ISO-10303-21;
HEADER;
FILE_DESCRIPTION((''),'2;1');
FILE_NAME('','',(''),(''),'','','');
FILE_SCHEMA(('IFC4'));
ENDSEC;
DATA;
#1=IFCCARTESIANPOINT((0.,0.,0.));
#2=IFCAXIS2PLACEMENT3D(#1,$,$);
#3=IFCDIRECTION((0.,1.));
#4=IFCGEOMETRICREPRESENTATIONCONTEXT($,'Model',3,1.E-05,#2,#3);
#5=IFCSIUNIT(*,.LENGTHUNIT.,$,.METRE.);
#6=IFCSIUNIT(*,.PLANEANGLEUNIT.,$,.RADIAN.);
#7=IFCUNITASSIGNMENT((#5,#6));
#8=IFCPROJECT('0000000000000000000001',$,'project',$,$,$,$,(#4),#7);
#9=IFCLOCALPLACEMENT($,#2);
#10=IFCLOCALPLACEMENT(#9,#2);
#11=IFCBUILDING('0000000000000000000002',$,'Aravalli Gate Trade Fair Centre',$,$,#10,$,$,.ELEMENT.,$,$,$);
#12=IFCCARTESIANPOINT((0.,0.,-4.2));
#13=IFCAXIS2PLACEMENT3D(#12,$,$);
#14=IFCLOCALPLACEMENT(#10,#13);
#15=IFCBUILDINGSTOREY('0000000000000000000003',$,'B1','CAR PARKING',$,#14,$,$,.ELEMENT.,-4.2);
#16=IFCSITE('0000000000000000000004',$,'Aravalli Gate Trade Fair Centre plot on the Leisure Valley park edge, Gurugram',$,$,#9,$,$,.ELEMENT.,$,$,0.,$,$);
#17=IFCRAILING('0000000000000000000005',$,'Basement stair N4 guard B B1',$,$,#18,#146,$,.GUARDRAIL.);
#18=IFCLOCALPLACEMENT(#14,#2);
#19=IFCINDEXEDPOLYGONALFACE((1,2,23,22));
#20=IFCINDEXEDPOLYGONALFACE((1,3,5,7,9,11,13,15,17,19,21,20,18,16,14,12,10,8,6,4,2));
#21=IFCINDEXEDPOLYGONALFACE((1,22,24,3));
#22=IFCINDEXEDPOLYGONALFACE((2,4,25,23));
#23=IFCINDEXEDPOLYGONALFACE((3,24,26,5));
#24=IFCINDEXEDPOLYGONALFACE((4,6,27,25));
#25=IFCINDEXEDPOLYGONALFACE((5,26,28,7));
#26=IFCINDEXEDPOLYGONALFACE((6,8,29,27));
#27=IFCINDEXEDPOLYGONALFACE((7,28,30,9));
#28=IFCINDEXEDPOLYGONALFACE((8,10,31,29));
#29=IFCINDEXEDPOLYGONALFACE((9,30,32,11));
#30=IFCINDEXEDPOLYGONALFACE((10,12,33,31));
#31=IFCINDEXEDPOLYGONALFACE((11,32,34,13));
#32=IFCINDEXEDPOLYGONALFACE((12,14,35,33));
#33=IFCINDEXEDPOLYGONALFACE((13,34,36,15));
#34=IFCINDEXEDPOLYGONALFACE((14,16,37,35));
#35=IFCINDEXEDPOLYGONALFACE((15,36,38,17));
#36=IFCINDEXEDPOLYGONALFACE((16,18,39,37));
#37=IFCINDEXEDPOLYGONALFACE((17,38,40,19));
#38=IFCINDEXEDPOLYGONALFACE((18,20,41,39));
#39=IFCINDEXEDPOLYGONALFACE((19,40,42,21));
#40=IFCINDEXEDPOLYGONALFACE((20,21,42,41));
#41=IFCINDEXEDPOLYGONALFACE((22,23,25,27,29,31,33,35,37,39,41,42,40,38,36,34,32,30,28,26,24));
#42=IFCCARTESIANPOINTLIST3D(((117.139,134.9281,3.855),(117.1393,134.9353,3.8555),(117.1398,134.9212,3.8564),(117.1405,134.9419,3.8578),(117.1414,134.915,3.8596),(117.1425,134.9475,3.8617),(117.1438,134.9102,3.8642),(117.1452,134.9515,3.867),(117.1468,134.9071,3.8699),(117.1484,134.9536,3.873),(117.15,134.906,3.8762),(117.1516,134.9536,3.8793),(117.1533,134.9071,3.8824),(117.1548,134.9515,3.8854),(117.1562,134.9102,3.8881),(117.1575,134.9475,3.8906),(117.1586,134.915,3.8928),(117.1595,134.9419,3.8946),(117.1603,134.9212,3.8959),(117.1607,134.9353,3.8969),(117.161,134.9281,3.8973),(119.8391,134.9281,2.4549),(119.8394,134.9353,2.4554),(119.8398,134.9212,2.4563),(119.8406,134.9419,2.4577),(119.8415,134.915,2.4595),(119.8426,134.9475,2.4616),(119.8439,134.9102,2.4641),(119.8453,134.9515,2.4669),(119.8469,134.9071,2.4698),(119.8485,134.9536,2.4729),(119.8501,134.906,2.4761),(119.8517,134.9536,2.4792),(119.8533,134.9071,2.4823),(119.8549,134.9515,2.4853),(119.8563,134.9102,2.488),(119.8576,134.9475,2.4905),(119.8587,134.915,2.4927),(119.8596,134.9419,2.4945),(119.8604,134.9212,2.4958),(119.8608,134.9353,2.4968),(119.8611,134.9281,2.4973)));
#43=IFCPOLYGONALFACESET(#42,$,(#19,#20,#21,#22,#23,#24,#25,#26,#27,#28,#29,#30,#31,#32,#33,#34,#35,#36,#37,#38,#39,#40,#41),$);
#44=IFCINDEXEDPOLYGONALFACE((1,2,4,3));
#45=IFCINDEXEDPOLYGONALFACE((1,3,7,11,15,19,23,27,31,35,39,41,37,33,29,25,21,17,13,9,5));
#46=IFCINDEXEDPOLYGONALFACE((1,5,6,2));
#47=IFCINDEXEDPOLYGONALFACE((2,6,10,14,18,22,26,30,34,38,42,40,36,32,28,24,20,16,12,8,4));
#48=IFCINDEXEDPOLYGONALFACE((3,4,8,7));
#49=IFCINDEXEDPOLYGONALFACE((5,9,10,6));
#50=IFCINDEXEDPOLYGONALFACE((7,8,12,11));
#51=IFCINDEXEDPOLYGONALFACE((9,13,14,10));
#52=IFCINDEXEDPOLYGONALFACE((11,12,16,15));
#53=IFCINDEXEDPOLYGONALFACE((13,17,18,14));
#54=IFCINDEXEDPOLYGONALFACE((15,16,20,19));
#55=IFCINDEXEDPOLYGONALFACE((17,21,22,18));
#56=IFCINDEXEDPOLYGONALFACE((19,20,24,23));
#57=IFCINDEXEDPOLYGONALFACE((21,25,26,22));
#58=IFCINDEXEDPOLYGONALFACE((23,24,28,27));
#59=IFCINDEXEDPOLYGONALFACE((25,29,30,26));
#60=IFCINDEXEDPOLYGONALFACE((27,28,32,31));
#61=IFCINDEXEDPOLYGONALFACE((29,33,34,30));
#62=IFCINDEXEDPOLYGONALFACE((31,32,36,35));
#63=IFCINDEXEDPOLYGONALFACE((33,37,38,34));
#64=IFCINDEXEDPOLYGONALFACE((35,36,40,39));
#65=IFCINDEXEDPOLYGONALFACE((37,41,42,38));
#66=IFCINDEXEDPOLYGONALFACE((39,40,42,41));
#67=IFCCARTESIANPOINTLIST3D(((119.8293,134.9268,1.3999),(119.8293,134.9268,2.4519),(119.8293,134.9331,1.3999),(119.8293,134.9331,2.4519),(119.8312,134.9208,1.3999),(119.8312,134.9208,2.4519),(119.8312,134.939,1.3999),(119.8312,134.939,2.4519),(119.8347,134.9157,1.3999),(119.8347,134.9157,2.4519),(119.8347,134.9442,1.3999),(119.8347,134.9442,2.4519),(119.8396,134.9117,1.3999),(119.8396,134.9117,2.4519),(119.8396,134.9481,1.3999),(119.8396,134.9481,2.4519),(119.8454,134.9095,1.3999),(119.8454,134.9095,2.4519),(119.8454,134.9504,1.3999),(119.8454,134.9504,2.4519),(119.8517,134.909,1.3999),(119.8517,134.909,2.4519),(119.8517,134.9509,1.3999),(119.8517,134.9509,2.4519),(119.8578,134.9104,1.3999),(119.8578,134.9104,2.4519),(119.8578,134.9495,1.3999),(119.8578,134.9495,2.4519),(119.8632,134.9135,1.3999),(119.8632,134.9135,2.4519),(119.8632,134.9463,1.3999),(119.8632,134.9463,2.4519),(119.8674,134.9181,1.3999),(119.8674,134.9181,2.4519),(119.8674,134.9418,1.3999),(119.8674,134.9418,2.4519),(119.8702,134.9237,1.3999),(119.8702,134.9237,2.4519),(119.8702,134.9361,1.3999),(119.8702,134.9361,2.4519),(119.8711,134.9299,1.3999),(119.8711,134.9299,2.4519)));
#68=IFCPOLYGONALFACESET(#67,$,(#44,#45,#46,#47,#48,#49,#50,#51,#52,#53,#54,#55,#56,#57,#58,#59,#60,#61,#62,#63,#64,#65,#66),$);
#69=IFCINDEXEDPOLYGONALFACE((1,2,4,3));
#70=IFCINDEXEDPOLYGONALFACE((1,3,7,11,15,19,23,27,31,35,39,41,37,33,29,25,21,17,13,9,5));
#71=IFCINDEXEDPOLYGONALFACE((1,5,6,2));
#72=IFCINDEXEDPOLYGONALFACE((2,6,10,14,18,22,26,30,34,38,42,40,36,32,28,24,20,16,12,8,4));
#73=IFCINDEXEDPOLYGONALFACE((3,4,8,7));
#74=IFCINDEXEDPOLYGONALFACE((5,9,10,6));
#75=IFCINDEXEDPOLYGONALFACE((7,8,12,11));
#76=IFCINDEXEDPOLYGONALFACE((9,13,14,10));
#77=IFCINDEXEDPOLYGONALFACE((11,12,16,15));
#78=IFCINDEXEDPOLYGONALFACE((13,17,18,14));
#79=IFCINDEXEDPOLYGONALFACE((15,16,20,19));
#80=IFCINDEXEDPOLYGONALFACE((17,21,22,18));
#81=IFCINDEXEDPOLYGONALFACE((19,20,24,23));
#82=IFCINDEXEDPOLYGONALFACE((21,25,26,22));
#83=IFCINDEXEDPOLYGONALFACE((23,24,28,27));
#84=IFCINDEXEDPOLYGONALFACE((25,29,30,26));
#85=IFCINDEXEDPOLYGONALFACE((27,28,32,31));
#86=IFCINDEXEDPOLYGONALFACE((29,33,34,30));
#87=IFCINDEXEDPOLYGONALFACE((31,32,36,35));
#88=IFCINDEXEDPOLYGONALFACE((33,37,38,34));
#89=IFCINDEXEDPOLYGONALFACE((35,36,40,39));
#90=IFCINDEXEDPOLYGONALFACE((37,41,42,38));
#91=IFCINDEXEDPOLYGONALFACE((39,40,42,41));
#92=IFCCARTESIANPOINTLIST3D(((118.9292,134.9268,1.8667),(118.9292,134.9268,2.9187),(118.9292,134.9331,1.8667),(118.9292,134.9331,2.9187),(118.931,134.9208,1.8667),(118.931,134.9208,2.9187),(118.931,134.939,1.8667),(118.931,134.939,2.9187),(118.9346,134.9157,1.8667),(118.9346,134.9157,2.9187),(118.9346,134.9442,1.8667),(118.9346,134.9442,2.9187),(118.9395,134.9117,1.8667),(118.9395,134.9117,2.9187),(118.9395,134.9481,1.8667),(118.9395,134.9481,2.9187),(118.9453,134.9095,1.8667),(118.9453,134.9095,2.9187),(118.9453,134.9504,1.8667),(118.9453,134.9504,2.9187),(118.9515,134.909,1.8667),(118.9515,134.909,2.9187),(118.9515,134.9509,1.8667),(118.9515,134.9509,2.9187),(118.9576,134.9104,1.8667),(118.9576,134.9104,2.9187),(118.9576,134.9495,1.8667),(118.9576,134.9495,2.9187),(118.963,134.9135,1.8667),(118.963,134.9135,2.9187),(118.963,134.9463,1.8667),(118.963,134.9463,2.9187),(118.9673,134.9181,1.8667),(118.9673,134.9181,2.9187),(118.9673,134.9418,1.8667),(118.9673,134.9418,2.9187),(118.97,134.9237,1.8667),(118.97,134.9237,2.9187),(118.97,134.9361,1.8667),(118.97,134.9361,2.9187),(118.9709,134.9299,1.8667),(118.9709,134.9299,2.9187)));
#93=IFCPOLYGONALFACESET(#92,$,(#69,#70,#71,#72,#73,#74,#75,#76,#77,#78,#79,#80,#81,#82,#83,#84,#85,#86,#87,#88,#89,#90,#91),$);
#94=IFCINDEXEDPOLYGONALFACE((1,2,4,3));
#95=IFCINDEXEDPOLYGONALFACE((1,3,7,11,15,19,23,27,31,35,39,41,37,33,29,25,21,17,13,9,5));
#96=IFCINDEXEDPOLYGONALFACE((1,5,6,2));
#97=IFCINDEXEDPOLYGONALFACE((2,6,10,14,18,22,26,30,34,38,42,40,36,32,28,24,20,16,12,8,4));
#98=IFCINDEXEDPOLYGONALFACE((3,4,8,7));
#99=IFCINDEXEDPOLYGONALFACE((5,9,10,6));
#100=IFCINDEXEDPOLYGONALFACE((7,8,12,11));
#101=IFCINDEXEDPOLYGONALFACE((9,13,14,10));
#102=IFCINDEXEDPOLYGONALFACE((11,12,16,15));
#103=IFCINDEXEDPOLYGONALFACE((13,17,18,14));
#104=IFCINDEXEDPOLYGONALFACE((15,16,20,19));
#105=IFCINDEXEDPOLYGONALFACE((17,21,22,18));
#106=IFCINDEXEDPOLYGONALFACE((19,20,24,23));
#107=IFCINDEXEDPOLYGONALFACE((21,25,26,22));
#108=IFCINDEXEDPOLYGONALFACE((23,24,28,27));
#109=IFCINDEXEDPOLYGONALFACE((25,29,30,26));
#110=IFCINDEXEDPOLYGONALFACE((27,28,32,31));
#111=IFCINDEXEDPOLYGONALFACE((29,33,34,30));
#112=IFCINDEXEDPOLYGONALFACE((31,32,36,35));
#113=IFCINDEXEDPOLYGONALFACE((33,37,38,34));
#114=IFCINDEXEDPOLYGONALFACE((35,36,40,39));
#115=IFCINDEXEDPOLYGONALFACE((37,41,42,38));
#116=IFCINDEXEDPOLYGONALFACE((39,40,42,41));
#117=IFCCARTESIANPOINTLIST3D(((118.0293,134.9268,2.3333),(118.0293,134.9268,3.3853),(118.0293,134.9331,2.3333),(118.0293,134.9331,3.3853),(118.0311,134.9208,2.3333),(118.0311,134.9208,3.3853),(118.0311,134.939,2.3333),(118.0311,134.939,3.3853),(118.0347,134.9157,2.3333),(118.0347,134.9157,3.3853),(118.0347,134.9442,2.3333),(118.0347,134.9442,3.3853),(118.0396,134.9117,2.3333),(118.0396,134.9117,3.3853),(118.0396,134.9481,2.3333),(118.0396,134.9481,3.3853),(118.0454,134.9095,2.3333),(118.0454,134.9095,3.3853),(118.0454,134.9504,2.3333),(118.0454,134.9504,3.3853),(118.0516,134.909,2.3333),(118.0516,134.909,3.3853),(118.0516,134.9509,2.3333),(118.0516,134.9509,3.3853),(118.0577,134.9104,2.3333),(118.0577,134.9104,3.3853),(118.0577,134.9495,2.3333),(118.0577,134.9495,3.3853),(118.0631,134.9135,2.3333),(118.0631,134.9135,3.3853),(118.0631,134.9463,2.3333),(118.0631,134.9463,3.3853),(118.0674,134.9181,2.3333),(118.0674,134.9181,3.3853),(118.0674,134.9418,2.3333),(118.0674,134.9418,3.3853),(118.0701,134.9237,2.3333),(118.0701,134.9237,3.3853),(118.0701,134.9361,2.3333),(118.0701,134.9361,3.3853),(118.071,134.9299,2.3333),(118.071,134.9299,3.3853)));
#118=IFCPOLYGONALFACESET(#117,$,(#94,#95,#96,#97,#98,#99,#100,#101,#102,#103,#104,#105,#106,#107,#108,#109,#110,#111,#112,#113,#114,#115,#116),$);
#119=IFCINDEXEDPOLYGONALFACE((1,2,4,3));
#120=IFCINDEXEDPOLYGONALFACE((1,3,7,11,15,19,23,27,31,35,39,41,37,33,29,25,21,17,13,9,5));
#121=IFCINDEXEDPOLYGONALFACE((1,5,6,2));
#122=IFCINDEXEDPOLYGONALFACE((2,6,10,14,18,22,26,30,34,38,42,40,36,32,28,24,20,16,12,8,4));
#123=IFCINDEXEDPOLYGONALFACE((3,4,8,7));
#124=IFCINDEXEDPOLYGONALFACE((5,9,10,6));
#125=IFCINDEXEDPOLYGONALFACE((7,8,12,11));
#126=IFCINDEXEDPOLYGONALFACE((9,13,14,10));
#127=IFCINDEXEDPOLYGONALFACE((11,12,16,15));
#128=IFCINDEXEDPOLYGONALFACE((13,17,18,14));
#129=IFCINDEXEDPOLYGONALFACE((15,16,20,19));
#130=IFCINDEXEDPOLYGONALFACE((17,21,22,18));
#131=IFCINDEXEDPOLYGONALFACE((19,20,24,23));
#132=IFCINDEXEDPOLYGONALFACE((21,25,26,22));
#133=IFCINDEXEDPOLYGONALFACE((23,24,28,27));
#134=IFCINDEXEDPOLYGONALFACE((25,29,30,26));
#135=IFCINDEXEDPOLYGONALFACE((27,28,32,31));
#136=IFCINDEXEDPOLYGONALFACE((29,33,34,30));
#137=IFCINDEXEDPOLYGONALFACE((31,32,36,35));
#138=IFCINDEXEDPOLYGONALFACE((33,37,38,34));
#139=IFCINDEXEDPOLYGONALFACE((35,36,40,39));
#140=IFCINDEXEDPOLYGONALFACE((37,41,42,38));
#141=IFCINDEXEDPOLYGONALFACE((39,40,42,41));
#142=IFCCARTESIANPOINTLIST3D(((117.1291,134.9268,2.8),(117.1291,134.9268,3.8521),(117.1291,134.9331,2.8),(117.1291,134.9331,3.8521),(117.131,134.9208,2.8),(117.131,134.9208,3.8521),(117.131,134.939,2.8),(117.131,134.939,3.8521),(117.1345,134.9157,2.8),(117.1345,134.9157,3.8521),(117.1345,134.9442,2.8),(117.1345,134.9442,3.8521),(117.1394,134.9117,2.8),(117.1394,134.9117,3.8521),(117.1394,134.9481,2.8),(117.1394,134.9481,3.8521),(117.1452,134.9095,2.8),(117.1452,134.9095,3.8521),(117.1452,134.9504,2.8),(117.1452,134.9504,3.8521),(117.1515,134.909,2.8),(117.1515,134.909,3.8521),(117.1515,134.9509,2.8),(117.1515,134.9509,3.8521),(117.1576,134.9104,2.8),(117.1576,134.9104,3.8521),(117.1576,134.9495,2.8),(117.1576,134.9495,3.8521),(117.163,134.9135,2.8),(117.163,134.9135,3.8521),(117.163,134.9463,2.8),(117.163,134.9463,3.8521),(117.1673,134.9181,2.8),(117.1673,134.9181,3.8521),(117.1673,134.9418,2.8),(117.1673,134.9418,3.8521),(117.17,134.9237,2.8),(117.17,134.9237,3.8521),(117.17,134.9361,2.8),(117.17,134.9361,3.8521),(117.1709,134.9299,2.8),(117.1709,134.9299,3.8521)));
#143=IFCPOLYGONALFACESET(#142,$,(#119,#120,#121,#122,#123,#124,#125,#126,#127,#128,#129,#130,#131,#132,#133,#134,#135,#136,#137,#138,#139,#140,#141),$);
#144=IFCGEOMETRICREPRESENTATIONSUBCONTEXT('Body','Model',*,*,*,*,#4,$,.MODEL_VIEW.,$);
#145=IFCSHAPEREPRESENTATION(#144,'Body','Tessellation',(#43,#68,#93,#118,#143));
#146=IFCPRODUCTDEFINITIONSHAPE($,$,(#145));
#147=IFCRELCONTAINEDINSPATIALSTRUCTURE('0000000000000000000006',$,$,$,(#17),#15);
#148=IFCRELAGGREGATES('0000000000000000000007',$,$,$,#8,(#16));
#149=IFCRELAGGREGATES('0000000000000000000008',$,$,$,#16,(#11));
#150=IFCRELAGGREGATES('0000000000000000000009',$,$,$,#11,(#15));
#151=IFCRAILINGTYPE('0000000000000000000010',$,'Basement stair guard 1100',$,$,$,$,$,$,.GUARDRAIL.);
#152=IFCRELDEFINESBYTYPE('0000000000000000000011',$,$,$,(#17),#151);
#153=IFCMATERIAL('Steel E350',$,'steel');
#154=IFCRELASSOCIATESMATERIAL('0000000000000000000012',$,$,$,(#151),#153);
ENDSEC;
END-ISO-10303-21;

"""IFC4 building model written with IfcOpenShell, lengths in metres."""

from ifc_helpers import new_model, si_unit, direction, frame, origin, origin_2d, place, context, subcontext, project, spatial, circle, extrude, material, type_object, element, save


model = new_model("IFC4")

# Units and contexts
model_context = context("Model", 3, precision=1e-05, world=origin(), true_north=direction((0.0, 1.0)))
body_context = subcontext(model_context, "Body", "Model", "MODEL_VIEW")
ifc_project = project(units=[si_unit("LENGTHUNIT", "METRE"), si_unit("PLANEANGLEUNIT", "RADIAN")], contexts=[model_context])

# Site, building, storey
site_placement = place(None, origin())
site = spatial("IfcSite", under=ifc_project, at=site_placement, Name="Aravalli Gate Trade Fair Centre plot on the Leisure Valley park edge, Gurugram", CompositionType="ELEMENT", RefElevation=0.0)
building_placement = place(site_placement, origin())
building = spatial("IfcBuilding", under=site, at=building_placement, Name="Aravalli Gate Trade Fair Centre", CompositionType="ELEMENT")
storey_placement = place(building_placement, frame((0.0, 0.0, -4.2)))
storey = spatial("IfcBuildingStorey", under=building, at=storey_placement, Name="B1", Description="CAR PARKING", CompositionType="ELEMENT", Elevation=-4.2)

# Railing
ifc_material_1 = material(Name="Steel E350", Category="steel")
railing_type_1 = type_object("IfcRailingType", Name="Basement stair guard 1100", PredefinedType="GUARDRAIL", material=ifc_material_1)
railing_1_placement = place(storey_placement, frame((119.8501, 134.9299, 1.3999)))
element("IfcRailing", 1, at=railing_1_placement, inside=storey, type_object=railing_type_1, Name="Basement stair N4 guard B B1", PredefinedType="GUARDRAIL", context=body_context, shape_type="SweptSolid", body=[
    extrude(circle(Radius=0.0239, at=origin_2d()), frame((0.0, 0.0, 1.0762), z_axis=(-0.887748, 0.0, 0.460329), x_axis=(0.0, -1.0, 0.0)), (0.0, 0.0, 1.0), 3.0415),
    extrude(circle(Radius=0.021, at=origin_2d()), origin(), (0.0, 0.0, 1.0), 1.052),
    extrude(circle(Radius=0.021, at=origin_2d()), frame((-0.9001, 0.0, 0.4668)), (0.0, 0.0, 1.0), 1.052),
    extrude(circle(Radius=0.021, at=origin_2d()), frame((-1.8, 0.0, 0.9333)), (0.0, 0.0, 1.0), 1.052),
    extrude(circle(Radius=0.021, at=origin_2d()), frame((-2.7002, 0.0, 1.4001)), (0.0, 0.0, 1.0), 1.052),
])

save(model, "model.ifc")
